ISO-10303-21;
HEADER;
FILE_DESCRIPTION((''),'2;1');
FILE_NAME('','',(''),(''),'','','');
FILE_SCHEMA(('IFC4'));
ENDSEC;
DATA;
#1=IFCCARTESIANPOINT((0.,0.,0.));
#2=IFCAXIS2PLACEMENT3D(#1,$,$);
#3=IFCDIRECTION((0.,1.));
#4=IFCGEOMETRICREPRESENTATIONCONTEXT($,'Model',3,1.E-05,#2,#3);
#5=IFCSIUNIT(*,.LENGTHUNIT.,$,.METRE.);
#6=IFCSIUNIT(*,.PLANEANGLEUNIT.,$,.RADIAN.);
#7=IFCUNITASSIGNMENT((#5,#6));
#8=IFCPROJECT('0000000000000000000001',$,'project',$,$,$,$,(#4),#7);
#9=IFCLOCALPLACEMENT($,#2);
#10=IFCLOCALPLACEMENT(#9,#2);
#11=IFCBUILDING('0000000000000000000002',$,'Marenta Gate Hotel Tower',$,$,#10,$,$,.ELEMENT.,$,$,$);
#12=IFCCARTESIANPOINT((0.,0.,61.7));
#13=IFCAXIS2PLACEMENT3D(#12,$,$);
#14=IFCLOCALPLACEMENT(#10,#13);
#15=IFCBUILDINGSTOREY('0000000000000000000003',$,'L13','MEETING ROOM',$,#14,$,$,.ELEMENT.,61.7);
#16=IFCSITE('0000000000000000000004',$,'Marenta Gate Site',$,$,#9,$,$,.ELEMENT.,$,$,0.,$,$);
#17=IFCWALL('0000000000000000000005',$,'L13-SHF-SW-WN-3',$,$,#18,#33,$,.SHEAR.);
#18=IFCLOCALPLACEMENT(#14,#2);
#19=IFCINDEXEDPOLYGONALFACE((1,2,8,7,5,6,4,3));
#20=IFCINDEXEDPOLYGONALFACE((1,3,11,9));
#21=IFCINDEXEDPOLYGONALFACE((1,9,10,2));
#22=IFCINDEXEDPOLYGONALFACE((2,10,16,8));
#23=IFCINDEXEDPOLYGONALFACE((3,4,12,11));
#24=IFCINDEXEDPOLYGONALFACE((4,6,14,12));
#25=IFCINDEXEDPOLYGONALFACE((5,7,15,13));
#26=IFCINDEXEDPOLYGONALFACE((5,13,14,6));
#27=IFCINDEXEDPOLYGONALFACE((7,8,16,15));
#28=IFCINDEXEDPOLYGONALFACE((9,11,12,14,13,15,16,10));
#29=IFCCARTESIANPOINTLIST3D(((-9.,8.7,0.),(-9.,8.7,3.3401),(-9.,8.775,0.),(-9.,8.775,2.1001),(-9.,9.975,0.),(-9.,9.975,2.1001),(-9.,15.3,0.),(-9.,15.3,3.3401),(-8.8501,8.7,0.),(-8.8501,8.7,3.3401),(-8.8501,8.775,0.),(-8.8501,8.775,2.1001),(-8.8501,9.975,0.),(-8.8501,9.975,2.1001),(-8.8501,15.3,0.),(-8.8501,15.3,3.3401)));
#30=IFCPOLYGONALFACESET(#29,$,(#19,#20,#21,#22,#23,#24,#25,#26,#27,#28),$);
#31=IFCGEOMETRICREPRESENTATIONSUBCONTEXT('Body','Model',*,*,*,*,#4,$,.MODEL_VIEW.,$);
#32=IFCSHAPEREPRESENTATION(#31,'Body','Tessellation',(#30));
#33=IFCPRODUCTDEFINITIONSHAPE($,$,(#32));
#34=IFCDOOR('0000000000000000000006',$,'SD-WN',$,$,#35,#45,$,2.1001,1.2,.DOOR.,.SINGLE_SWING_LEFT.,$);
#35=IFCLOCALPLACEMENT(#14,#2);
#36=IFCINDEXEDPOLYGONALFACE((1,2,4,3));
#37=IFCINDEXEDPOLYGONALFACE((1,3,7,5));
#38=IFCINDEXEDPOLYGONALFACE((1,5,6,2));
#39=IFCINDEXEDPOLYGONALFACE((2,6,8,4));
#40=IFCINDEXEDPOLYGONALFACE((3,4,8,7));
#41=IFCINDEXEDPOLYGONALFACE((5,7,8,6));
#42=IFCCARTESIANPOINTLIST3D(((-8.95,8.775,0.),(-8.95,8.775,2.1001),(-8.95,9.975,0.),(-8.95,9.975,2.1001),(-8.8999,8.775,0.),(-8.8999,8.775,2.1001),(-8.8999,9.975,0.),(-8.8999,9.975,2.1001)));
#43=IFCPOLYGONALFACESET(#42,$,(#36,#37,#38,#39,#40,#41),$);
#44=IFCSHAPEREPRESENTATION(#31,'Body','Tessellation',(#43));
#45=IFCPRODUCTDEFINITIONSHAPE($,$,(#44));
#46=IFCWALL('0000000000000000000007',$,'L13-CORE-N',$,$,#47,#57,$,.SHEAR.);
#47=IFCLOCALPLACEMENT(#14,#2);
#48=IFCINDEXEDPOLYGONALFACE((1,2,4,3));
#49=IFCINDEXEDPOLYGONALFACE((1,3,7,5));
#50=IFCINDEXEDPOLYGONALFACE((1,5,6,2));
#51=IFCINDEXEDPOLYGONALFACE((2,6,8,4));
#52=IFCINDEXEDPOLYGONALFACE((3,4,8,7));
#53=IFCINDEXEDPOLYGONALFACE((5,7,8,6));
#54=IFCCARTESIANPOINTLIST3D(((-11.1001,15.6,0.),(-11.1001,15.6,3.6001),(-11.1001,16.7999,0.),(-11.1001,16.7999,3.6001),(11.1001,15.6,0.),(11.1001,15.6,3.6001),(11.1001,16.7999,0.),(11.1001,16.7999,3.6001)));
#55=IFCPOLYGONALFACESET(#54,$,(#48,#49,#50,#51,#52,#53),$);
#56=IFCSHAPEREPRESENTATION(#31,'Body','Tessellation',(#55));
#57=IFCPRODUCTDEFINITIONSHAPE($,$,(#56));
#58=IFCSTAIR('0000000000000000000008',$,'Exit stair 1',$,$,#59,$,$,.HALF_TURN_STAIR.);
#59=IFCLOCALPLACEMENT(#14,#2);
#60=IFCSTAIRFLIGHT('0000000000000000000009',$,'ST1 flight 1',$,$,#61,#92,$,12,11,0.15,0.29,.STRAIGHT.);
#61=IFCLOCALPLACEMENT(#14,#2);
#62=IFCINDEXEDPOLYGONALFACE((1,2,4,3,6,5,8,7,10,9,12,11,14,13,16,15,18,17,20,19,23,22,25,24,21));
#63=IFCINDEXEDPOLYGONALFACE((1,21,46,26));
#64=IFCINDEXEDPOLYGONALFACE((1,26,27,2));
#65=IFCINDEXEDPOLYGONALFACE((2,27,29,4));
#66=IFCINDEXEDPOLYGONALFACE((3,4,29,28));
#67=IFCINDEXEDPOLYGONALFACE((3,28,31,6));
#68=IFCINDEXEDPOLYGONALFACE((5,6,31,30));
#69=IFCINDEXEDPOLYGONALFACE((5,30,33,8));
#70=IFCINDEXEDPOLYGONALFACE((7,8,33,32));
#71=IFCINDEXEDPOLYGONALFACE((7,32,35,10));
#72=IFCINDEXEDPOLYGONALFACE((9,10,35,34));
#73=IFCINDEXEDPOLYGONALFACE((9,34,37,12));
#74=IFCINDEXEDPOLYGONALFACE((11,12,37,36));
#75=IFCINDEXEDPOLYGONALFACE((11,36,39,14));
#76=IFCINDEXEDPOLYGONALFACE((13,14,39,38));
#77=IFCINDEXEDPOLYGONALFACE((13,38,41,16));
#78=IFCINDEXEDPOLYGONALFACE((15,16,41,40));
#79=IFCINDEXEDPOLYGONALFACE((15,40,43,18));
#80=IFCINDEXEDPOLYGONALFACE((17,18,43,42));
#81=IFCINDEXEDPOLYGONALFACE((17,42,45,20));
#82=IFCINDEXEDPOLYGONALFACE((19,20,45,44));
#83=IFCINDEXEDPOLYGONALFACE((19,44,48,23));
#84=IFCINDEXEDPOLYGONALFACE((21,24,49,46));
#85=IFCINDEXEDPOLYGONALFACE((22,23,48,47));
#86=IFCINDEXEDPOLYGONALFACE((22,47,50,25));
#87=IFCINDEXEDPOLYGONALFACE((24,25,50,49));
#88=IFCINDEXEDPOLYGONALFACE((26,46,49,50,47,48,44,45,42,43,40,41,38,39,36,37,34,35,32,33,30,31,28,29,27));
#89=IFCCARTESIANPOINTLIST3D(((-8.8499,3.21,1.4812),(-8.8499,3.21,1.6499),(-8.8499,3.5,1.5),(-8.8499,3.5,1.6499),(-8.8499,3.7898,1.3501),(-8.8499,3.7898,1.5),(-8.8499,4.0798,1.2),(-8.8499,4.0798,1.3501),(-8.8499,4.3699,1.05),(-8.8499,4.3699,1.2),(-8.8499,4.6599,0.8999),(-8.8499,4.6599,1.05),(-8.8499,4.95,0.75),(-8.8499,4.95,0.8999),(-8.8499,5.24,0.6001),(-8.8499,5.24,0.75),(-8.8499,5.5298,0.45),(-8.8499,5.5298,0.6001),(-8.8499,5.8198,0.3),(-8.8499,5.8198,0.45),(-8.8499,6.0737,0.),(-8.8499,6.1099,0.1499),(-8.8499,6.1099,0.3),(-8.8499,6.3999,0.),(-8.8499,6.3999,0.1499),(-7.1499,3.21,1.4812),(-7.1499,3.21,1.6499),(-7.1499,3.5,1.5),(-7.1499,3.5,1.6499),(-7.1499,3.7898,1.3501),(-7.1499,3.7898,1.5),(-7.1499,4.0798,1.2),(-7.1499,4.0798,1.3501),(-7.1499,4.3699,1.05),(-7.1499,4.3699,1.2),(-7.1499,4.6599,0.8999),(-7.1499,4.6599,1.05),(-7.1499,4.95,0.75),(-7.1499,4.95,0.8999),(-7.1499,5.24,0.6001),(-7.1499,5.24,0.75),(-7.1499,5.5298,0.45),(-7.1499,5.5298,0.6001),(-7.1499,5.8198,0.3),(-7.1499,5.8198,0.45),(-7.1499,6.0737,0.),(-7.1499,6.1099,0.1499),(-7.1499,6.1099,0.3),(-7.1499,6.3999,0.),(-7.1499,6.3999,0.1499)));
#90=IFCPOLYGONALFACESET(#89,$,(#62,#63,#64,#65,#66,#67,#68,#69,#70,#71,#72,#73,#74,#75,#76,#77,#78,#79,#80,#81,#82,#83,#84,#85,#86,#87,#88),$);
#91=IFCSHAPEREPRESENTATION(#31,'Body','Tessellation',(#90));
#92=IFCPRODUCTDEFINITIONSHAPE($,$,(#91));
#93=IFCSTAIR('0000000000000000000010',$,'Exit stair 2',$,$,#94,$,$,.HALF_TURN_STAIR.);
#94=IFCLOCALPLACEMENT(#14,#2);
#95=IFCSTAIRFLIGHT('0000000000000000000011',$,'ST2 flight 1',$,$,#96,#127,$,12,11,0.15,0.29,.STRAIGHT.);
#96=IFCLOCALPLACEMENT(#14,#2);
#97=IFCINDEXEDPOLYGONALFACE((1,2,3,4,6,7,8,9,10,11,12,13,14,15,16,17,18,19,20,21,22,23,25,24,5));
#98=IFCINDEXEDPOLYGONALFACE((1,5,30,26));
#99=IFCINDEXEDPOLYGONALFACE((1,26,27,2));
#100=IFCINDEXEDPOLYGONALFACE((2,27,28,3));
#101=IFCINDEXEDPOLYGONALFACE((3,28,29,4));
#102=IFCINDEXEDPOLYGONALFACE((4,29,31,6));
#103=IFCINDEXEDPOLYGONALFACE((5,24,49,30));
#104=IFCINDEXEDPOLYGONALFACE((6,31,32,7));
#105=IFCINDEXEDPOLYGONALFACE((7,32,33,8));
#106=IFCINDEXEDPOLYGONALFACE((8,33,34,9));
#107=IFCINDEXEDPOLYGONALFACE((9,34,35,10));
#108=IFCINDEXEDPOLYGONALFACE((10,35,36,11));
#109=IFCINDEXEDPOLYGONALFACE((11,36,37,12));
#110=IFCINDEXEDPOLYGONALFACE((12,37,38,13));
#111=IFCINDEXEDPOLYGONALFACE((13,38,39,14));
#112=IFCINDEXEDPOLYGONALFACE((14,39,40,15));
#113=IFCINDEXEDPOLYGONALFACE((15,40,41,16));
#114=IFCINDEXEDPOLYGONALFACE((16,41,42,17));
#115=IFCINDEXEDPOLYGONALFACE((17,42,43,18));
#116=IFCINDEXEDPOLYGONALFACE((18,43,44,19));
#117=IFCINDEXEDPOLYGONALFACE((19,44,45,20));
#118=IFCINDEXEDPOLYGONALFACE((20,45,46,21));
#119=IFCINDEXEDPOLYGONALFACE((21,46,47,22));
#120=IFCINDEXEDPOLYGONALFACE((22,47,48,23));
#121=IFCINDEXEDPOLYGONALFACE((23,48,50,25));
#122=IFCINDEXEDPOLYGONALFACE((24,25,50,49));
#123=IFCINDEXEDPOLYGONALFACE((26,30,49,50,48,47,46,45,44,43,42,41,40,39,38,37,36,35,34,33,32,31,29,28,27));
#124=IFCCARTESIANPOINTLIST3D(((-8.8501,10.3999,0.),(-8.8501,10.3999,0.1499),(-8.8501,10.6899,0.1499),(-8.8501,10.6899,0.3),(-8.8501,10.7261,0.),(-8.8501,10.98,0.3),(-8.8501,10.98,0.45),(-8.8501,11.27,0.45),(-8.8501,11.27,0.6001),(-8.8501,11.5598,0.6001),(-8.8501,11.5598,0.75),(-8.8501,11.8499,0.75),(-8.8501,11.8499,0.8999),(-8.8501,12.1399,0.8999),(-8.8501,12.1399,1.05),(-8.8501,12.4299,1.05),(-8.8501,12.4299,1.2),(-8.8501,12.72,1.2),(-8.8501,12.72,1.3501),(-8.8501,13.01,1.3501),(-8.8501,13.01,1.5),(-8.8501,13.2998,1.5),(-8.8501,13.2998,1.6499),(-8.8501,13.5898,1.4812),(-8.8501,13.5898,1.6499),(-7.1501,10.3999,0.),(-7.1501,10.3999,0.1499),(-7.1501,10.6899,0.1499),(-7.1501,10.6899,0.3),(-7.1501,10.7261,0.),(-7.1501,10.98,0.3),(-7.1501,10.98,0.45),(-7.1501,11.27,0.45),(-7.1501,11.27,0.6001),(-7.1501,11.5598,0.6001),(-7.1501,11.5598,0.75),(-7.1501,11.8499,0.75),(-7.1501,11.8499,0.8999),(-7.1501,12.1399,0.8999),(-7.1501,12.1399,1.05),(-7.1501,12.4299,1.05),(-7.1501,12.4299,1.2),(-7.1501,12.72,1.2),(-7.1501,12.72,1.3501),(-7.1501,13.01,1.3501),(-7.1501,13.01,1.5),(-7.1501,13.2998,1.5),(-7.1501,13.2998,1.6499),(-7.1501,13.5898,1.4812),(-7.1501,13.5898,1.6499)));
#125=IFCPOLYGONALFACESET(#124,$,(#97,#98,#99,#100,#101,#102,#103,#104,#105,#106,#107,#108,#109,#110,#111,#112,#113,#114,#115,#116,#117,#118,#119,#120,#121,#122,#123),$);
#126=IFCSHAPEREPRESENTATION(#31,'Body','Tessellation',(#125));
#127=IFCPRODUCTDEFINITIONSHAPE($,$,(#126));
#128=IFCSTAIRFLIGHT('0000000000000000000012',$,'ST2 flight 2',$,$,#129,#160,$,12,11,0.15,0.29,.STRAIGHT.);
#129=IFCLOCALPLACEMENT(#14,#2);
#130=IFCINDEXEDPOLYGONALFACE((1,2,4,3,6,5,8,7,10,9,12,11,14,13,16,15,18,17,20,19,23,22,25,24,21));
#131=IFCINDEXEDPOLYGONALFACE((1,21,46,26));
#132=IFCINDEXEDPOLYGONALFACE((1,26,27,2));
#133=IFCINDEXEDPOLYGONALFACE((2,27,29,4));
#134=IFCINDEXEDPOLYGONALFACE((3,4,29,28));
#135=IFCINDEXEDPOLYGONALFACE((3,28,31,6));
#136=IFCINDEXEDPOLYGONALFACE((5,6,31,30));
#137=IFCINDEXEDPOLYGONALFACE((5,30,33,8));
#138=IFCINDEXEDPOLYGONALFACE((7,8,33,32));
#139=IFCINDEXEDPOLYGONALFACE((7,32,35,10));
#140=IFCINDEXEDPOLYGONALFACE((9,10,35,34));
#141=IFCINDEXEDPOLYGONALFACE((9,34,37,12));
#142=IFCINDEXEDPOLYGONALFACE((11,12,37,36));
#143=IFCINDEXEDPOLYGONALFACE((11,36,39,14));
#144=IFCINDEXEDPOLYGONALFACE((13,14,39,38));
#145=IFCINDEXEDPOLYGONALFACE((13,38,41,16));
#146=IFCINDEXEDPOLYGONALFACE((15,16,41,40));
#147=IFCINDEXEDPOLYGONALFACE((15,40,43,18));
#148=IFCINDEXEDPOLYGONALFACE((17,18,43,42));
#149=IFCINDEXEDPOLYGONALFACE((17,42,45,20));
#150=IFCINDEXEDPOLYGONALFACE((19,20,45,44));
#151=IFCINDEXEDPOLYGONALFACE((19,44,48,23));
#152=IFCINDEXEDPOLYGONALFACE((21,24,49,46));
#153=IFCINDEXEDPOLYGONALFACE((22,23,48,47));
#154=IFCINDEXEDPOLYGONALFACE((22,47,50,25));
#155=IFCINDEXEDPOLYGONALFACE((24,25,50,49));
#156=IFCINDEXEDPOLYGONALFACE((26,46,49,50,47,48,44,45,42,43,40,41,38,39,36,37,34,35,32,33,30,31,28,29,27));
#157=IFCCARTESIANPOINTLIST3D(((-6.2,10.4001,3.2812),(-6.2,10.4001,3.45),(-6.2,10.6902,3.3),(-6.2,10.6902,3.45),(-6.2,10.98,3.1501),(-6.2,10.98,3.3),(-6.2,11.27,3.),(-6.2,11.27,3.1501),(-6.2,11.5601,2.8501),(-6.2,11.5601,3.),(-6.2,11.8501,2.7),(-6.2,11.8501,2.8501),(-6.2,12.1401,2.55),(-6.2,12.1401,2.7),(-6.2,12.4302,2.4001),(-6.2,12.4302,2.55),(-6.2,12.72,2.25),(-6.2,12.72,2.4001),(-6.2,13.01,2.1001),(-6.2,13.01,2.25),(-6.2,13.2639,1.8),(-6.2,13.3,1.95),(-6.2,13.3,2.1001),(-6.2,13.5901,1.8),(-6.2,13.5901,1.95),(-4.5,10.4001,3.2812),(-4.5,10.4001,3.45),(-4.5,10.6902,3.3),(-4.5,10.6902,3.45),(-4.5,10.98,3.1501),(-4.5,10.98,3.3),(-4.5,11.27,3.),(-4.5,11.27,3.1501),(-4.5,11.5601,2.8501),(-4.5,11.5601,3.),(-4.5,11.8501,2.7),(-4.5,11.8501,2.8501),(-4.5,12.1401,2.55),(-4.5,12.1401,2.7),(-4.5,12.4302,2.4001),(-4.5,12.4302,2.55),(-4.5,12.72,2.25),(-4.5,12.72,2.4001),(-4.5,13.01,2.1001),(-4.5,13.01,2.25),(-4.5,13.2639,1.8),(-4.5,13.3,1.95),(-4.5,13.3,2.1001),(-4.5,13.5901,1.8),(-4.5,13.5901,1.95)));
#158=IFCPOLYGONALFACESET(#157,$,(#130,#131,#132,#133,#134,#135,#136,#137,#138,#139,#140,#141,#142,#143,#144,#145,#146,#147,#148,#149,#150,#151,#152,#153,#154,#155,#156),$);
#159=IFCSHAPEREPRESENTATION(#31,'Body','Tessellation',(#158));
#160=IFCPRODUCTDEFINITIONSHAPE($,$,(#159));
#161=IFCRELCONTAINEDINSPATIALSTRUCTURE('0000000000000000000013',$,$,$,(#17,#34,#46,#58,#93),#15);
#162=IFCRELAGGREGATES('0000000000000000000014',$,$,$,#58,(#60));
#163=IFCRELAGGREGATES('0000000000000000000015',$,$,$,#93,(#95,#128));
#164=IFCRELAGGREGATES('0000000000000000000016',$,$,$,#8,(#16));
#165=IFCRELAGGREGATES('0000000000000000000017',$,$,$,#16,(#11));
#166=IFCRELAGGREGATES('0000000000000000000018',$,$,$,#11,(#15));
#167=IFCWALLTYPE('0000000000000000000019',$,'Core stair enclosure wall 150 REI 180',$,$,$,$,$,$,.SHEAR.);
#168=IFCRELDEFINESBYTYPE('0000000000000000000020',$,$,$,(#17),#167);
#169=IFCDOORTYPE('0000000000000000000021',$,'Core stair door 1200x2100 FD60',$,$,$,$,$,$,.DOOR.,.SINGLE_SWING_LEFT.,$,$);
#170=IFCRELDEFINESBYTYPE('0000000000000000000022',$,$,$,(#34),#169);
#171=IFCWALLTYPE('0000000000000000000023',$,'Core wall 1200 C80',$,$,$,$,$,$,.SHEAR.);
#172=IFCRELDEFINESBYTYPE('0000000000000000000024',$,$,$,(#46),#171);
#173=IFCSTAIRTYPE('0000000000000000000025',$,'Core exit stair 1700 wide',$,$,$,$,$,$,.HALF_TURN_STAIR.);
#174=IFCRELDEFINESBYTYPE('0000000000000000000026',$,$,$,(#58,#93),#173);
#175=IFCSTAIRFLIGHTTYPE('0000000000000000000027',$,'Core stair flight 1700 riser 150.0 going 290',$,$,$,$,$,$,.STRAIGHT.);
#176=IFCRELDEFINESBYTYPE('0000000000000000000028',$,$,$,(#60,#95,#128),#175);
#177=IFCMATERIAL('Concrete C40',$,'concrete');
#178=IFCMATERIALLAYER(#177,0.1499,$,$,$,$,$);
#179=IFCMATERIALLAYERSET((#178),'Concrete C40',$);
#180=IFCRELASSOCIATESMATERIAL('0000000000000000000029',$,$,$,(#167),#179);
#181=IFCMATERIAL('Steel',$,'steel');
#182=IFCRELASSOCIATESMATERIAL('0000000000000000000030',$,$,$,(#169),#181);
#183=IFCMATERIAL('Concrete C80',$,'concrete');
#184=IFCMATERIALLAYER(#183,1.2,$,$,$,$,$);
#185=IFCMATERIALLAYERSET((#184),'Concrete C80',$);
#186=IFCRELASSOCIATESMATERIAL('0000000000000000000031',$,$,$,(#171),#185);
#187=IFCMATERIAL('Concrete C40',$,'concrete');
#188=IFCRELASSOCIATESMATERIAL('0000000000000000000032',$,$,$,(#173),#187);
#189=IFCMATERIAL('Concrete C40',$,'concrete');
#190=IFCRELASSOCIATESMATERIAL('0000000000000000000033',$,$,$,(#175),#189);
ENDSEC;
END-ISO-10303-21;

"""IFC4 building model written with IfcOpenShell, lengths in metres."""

from ifc_helpers import new_model, si_unit, direction, frame, frame_2d, origin, place, context, subcontext, project, spatial, polyline, rectangle, outline, extrude, material, layer, layer_set, type_object, element, fill, aggregate, save


model = new_model("IFC4")

# Units and contexts
model_context = context("Model", 3, precision=1e-05, world=origin(), true_north=direction((0.0, 1.0)))
body_context = subcontext(model_context, "Body", "Model", "MODEL_VIEW")
ifc_project = project(units=[si_unit("LENGTHUNIT", "METRE"), si_unit("PLANEANGLEUNIT", "RADIAN")], contexts=[model_context])

# Site, building, storey
site_placement = place(None, origin())
site = spatial("IfcSite", under=ifc_project, at=site_placement, Name="Marenta Gate Site", CompositionType="ELEMENT", RefElevation=0.0)
building_placement = place(site_placement, origin())
building = spatial("IfcBuilding", under=site, at=building_placement, Name="Marenta Gate Hotel Tower", CompositionType="ELEMENT")
storey_placement = place(building_placement, frame((0.0, 0.0, 61.7)))
storey = spatial("IfcBuildingStorey", under=building, at=storey_placement, Name="L13", Description="MEETING ROOM", CompositionType="ELEMENT", Elevation=61.7)

# Wall, opening, door
ifc_material_1 = material(Name="Concrete C40", Category="concrete")
ifc_layer_1 = layer(ifc_material_1, 0.1499)
ifc_layer_set_1 = layer_set([ifc_layer_1], Name="Concrete C40")
wall_type_1 = type_object("IfcWallType", Name="Core stair enclosure wall 150 REI 180", PredefinedType="SHEAR", material=ifc_layer_set_1)
wall_1_placement = place(storey_placement, frame((-8.925, 8.7, 0.0), z_axis=(0.0, 0.0, 1.0), x_axis=(0.0, 1.0, 0.0)))
wall_1 = element("IfcWall", 1, at=wall_1_placement, inside=storey, type_object=wall_type_1, Name="L13-SHF-SW-WN-3", PredefinedType="SHEAR", context=body_context, shape_type="SweptSolid", body=[
    extrude(rectangle(XDim=6.6001, YDim=0.1499, at=frame_2d((3.3, 0.0))), origin(), (0.0, 0.0, 1.0), 3.3401),
])
opening_1_placement = place(wall_1_placement, frame((0.075, 0.0, 0.0)))
opening_1 = element("IfcOpeningElement", 2, at=opening_1_placement, cuts=wall_1, PredefinedType="OPENING", context=body_context, shape_type="SweptSolid", body=[
    extrude(rectangle(XDim=1.2, YDim=2.1001, at=frame_2d((0.6001, 1.05))), frame((0.0, 0.075, 0.0), z_axis=(0.0, -1.0, 0.0), x_axis=(1.0, 0.0, 0.0)), (0.0, 0.0, 1.0), 0.1499),
])
ifc_material_2 = material(Name="Steel", Category="steel")
door_type_1 = type_object("IfcDoorType", Name="Core stair door 1200x2100 FD60", OperationType="SINGLE_SWING_LEFT", PredefinedType="DOOR", material=ifc_material_2)
door_1_placement = place(opening_1_placement, origin())
door_1 = element("IfcDoor", 3, at=door_1_placement, inside=storey, type_object=door_type_1, Name="SD-WN", OperationType="SINGLE_SWING_LEFT", OverallHeight=2.1001, OverallWidth=1.2, PredefinedType="DOOR", context=body_context, shape_type="SweptSolid", body=[
    extrude(rectangle(XDim=1.2, YDim=2.1001, at=frame_2d((0.6001, 1.05))), frame((0.0, 0.0249, 0.0), z_axis=(0.0, -1.0, 0.0), x_axis=(1.0, 0.0, 0.0)), (0.0, 0.0, 1.0), 0.05),
])
fill(opening_1, door_1)

# Wall
ifc_material_3 = material(Name="Concrete C80", Category="concrete")
ifc_layer_2 = layer(ifc_material_3, 1.2)
ifc_layer_set_2 = layer_set([ifc_layer_2], Name="Concrete C80")
wall_type_2 = type_object("IfcWallType", Name="Core wall 1200 C80", PredefinedType="SHEAR", material=ifc_layer_set_2)
wall_2_placement = place(storey_placement, frame((-11.1001, 16.2, 0.0), z_axis=(0.0, 0.0, 1.0), x_axis=(1.0, 0.0, 0.0)))
element("IfcWall", 4, at=wall_2_placement, inside=storey, type_object=wall_type_2, Name="L13-CORE-N", PredefinedType="SHEAR", context=body_context, shape_type="SweptSolid", body=[
    extrude(rectangle(XDim=22.2002, YDim=1.2, at=frame_2d((11.1001, 0.0))), origin(), (0.0, 0.0, 1.0), 3.6001),
])

# Stair, stair flight
ifc_material_4 = material(Name="Concrete C40", Category="concrete")
stair_type = type_object("IfcStairType", Name="Core exit stair 1700 wide", PredefinedType="HALF_TURN_STAIR", material=ifc_material_4)
stair_1_placement = place(storey_placement, origin())
stair_1 = element("IfcStair", 5, at=stair_1_placement, inside=storey, type_object=stair_type, Name="Exit stair 1", PredefinedType="HALF_TURN_STAIR")
ifc_material_5 = material(Name="Concrete C40", Category="concrete")
stair_flight_type = type_object("IfcStairFlightType", Name="Core stair flight 1700 riser 150.0 going 290", PredefinedType="STRAIGHT", material=ifc_material_5)
stair_flight_1_placement = place(storey_placement, frame((-8.0, 6.3999, 0.0), z_axis=(0.0, 0.0, 1.0), x_axis=(0.0, -1.0, 0.0)))
stair_flight_1 = element("IfcStairFlight", 6, at=stair_flight_1_placement, type_object=stair_flight_type, Name="ST1 flight 1", NumberOfRisers=12, NumberOfTreads=11, PredefinedType="STRAIGHT", RiserHeight=0.15, TreadLength=0.29, context=body_context, shape_type="SweptSolid", body=[
    extrude(outline(polyline([(0.0, 0.0), (0.0, 0.1499), (0.29, 0.1499), (0.29, 0.3), (0.5801, 0.3), (0.5801, 0.45), (0.8701, 0.45), (0.8701, 0.6001), (1.1599, 0.6001), (1.1599, 0.75), (1.45, 0.75), (1.45, 0.8999), (1.74, 0.8999), (1.74, 1.05), (2.03, 1.05), (2.03, 1.2), (2.3201, 1.2), (2.3201, 1.3501), (2.6101, 1.3501), (2.6101, 1.5), (2.8999, 1.5), (2.8999, 1.6499), (3.1899, 1.6499), (3.1899, 1.8), (3.1899, 1.4812), (0.3262, 0.0), (0.0, 0.0)])), frame((0.0, 0.8501, 0.0), z_axis=(0.0, -1.0, 0.0), x_axis=(1.0, 0.0, 0.0)), (0.0, 0.0, 1.0), 1.7),
])
aggregate(stair_1, [stair_flight_1])

# Stair, stair flights
stair_2_placement = place(storey_placement, origin())
stair_2 = element("IfcStair", 7, at=stair_2_placement, inside=storey, type_object=stair_type, Name="Exit stair 2", PredefinedType="HALF_TURN_STAIR")
stair_flight_2_placement = place(storey_placement, frame((-8.0, 10.3999, 0.0), z_axis=(0.0, 0.0, 1.0), x_axis=(0.0, 1.0, 0.0)))
stair_flight_2 = element("IfcStairFlight", 8, at=stair_flight_2_placement, type_object=stair_flight_type, Name="ST2 flight 1", NumberOfRisers=12, NumberOfTreads=11, PredefinedType="STRAIGHT", RiserHeight=0.15, TreadLength=0.29, context=body_context, shape_type="SweptSolid", body=[
    extrude(outline(polyline([(0.0, 0.0), (0.0, 0.1499), (0.29, 0.1499), (0.29, 0.3), (0.5801, 0.3), (0.5801, 0.45), (0.8701, 0.45), (0.8701, 0.6001), (1.1599, 0.6001), (1.1599, 0.75), (1.45, 0.75), (1.45, 0.8999), (1.74, 0.8999), (1.74, 1.05), (2.03, 1.05), (2.03, 1.2), (2.3201, 1.2), (2.3201, 1.3501), (2.6101, 1.3501), (2.6101, 1.5), (2.8999, 1.5), (2.8999, 1.6499), (3.1899, 1.6499), (3.1899, 1.8), (3.1899, 1.4812), (0.3262, 0.0), (0.0, 0.0)])), frame((0.0, 0.8501, 0.0), z_axis=(0.0, -1.0, 0.0), x_axis=(1.0, 0.0, 0.0)), (0.0, 0.0, 1.0), 1.7),
])
stair_flight_3_placement = place(storey_placement, frame((-5.3501, 13.5901, 1.8), z_axis=(0.0, 0.0, 1.0), x_axis=(0.0, -1.0, 0.0)))
stair_flight_3 = element("IfcStairFlight", 9, at=stair_flight_3_placement, type_object=stair_flight_type, Name="ST2 flight 2", NumberOfRisers=12, NumberOfTreads=11, PredefinedType="STRAIGHT", RiserHeight=0.15, TreadLength=0.29, context=body_context, shape_type="SweptSolid", body=[
    extrude(outline(polyline([(0.0, 0.0), (0.0, 0.1499), (0.29, 0.1499), (0.29, 0.3), (0.5801, 0.3), (0.5801, 0.45), (0.8701, 0.45), (0.8701, 0.6001), (1.1599, 0.6001), (1.1599, 0.75), (1.45, 0.75), (1.45, 0.8999), (1.74, 0.8999), (1.74, 1.05), (2.03, 1.05), (2.03, 1.2), (2.3201, 1.2), (2.3201, 1.3501), (2.6101, 1.3501), (2.6101, 1.5), (2.8999, 1.5), (2.8999, 1.6499), (3.1899, 1.6499), (3.1899, 1.8), (3.1899, 1.4812), (0.3262, 0.0), (0.0, 0.0)])), frame((0.0, 0.8501, 0.0), z_axis=(0.0, -1.0, 0.0), x_axis=(1.0, 0.0, 0.0)), (0.0, 0.0, 1.0), 1.7),
])
aggregate(stair_2, [stair_flight_2, stair_flight_3])

save(model, "model.ifc")
